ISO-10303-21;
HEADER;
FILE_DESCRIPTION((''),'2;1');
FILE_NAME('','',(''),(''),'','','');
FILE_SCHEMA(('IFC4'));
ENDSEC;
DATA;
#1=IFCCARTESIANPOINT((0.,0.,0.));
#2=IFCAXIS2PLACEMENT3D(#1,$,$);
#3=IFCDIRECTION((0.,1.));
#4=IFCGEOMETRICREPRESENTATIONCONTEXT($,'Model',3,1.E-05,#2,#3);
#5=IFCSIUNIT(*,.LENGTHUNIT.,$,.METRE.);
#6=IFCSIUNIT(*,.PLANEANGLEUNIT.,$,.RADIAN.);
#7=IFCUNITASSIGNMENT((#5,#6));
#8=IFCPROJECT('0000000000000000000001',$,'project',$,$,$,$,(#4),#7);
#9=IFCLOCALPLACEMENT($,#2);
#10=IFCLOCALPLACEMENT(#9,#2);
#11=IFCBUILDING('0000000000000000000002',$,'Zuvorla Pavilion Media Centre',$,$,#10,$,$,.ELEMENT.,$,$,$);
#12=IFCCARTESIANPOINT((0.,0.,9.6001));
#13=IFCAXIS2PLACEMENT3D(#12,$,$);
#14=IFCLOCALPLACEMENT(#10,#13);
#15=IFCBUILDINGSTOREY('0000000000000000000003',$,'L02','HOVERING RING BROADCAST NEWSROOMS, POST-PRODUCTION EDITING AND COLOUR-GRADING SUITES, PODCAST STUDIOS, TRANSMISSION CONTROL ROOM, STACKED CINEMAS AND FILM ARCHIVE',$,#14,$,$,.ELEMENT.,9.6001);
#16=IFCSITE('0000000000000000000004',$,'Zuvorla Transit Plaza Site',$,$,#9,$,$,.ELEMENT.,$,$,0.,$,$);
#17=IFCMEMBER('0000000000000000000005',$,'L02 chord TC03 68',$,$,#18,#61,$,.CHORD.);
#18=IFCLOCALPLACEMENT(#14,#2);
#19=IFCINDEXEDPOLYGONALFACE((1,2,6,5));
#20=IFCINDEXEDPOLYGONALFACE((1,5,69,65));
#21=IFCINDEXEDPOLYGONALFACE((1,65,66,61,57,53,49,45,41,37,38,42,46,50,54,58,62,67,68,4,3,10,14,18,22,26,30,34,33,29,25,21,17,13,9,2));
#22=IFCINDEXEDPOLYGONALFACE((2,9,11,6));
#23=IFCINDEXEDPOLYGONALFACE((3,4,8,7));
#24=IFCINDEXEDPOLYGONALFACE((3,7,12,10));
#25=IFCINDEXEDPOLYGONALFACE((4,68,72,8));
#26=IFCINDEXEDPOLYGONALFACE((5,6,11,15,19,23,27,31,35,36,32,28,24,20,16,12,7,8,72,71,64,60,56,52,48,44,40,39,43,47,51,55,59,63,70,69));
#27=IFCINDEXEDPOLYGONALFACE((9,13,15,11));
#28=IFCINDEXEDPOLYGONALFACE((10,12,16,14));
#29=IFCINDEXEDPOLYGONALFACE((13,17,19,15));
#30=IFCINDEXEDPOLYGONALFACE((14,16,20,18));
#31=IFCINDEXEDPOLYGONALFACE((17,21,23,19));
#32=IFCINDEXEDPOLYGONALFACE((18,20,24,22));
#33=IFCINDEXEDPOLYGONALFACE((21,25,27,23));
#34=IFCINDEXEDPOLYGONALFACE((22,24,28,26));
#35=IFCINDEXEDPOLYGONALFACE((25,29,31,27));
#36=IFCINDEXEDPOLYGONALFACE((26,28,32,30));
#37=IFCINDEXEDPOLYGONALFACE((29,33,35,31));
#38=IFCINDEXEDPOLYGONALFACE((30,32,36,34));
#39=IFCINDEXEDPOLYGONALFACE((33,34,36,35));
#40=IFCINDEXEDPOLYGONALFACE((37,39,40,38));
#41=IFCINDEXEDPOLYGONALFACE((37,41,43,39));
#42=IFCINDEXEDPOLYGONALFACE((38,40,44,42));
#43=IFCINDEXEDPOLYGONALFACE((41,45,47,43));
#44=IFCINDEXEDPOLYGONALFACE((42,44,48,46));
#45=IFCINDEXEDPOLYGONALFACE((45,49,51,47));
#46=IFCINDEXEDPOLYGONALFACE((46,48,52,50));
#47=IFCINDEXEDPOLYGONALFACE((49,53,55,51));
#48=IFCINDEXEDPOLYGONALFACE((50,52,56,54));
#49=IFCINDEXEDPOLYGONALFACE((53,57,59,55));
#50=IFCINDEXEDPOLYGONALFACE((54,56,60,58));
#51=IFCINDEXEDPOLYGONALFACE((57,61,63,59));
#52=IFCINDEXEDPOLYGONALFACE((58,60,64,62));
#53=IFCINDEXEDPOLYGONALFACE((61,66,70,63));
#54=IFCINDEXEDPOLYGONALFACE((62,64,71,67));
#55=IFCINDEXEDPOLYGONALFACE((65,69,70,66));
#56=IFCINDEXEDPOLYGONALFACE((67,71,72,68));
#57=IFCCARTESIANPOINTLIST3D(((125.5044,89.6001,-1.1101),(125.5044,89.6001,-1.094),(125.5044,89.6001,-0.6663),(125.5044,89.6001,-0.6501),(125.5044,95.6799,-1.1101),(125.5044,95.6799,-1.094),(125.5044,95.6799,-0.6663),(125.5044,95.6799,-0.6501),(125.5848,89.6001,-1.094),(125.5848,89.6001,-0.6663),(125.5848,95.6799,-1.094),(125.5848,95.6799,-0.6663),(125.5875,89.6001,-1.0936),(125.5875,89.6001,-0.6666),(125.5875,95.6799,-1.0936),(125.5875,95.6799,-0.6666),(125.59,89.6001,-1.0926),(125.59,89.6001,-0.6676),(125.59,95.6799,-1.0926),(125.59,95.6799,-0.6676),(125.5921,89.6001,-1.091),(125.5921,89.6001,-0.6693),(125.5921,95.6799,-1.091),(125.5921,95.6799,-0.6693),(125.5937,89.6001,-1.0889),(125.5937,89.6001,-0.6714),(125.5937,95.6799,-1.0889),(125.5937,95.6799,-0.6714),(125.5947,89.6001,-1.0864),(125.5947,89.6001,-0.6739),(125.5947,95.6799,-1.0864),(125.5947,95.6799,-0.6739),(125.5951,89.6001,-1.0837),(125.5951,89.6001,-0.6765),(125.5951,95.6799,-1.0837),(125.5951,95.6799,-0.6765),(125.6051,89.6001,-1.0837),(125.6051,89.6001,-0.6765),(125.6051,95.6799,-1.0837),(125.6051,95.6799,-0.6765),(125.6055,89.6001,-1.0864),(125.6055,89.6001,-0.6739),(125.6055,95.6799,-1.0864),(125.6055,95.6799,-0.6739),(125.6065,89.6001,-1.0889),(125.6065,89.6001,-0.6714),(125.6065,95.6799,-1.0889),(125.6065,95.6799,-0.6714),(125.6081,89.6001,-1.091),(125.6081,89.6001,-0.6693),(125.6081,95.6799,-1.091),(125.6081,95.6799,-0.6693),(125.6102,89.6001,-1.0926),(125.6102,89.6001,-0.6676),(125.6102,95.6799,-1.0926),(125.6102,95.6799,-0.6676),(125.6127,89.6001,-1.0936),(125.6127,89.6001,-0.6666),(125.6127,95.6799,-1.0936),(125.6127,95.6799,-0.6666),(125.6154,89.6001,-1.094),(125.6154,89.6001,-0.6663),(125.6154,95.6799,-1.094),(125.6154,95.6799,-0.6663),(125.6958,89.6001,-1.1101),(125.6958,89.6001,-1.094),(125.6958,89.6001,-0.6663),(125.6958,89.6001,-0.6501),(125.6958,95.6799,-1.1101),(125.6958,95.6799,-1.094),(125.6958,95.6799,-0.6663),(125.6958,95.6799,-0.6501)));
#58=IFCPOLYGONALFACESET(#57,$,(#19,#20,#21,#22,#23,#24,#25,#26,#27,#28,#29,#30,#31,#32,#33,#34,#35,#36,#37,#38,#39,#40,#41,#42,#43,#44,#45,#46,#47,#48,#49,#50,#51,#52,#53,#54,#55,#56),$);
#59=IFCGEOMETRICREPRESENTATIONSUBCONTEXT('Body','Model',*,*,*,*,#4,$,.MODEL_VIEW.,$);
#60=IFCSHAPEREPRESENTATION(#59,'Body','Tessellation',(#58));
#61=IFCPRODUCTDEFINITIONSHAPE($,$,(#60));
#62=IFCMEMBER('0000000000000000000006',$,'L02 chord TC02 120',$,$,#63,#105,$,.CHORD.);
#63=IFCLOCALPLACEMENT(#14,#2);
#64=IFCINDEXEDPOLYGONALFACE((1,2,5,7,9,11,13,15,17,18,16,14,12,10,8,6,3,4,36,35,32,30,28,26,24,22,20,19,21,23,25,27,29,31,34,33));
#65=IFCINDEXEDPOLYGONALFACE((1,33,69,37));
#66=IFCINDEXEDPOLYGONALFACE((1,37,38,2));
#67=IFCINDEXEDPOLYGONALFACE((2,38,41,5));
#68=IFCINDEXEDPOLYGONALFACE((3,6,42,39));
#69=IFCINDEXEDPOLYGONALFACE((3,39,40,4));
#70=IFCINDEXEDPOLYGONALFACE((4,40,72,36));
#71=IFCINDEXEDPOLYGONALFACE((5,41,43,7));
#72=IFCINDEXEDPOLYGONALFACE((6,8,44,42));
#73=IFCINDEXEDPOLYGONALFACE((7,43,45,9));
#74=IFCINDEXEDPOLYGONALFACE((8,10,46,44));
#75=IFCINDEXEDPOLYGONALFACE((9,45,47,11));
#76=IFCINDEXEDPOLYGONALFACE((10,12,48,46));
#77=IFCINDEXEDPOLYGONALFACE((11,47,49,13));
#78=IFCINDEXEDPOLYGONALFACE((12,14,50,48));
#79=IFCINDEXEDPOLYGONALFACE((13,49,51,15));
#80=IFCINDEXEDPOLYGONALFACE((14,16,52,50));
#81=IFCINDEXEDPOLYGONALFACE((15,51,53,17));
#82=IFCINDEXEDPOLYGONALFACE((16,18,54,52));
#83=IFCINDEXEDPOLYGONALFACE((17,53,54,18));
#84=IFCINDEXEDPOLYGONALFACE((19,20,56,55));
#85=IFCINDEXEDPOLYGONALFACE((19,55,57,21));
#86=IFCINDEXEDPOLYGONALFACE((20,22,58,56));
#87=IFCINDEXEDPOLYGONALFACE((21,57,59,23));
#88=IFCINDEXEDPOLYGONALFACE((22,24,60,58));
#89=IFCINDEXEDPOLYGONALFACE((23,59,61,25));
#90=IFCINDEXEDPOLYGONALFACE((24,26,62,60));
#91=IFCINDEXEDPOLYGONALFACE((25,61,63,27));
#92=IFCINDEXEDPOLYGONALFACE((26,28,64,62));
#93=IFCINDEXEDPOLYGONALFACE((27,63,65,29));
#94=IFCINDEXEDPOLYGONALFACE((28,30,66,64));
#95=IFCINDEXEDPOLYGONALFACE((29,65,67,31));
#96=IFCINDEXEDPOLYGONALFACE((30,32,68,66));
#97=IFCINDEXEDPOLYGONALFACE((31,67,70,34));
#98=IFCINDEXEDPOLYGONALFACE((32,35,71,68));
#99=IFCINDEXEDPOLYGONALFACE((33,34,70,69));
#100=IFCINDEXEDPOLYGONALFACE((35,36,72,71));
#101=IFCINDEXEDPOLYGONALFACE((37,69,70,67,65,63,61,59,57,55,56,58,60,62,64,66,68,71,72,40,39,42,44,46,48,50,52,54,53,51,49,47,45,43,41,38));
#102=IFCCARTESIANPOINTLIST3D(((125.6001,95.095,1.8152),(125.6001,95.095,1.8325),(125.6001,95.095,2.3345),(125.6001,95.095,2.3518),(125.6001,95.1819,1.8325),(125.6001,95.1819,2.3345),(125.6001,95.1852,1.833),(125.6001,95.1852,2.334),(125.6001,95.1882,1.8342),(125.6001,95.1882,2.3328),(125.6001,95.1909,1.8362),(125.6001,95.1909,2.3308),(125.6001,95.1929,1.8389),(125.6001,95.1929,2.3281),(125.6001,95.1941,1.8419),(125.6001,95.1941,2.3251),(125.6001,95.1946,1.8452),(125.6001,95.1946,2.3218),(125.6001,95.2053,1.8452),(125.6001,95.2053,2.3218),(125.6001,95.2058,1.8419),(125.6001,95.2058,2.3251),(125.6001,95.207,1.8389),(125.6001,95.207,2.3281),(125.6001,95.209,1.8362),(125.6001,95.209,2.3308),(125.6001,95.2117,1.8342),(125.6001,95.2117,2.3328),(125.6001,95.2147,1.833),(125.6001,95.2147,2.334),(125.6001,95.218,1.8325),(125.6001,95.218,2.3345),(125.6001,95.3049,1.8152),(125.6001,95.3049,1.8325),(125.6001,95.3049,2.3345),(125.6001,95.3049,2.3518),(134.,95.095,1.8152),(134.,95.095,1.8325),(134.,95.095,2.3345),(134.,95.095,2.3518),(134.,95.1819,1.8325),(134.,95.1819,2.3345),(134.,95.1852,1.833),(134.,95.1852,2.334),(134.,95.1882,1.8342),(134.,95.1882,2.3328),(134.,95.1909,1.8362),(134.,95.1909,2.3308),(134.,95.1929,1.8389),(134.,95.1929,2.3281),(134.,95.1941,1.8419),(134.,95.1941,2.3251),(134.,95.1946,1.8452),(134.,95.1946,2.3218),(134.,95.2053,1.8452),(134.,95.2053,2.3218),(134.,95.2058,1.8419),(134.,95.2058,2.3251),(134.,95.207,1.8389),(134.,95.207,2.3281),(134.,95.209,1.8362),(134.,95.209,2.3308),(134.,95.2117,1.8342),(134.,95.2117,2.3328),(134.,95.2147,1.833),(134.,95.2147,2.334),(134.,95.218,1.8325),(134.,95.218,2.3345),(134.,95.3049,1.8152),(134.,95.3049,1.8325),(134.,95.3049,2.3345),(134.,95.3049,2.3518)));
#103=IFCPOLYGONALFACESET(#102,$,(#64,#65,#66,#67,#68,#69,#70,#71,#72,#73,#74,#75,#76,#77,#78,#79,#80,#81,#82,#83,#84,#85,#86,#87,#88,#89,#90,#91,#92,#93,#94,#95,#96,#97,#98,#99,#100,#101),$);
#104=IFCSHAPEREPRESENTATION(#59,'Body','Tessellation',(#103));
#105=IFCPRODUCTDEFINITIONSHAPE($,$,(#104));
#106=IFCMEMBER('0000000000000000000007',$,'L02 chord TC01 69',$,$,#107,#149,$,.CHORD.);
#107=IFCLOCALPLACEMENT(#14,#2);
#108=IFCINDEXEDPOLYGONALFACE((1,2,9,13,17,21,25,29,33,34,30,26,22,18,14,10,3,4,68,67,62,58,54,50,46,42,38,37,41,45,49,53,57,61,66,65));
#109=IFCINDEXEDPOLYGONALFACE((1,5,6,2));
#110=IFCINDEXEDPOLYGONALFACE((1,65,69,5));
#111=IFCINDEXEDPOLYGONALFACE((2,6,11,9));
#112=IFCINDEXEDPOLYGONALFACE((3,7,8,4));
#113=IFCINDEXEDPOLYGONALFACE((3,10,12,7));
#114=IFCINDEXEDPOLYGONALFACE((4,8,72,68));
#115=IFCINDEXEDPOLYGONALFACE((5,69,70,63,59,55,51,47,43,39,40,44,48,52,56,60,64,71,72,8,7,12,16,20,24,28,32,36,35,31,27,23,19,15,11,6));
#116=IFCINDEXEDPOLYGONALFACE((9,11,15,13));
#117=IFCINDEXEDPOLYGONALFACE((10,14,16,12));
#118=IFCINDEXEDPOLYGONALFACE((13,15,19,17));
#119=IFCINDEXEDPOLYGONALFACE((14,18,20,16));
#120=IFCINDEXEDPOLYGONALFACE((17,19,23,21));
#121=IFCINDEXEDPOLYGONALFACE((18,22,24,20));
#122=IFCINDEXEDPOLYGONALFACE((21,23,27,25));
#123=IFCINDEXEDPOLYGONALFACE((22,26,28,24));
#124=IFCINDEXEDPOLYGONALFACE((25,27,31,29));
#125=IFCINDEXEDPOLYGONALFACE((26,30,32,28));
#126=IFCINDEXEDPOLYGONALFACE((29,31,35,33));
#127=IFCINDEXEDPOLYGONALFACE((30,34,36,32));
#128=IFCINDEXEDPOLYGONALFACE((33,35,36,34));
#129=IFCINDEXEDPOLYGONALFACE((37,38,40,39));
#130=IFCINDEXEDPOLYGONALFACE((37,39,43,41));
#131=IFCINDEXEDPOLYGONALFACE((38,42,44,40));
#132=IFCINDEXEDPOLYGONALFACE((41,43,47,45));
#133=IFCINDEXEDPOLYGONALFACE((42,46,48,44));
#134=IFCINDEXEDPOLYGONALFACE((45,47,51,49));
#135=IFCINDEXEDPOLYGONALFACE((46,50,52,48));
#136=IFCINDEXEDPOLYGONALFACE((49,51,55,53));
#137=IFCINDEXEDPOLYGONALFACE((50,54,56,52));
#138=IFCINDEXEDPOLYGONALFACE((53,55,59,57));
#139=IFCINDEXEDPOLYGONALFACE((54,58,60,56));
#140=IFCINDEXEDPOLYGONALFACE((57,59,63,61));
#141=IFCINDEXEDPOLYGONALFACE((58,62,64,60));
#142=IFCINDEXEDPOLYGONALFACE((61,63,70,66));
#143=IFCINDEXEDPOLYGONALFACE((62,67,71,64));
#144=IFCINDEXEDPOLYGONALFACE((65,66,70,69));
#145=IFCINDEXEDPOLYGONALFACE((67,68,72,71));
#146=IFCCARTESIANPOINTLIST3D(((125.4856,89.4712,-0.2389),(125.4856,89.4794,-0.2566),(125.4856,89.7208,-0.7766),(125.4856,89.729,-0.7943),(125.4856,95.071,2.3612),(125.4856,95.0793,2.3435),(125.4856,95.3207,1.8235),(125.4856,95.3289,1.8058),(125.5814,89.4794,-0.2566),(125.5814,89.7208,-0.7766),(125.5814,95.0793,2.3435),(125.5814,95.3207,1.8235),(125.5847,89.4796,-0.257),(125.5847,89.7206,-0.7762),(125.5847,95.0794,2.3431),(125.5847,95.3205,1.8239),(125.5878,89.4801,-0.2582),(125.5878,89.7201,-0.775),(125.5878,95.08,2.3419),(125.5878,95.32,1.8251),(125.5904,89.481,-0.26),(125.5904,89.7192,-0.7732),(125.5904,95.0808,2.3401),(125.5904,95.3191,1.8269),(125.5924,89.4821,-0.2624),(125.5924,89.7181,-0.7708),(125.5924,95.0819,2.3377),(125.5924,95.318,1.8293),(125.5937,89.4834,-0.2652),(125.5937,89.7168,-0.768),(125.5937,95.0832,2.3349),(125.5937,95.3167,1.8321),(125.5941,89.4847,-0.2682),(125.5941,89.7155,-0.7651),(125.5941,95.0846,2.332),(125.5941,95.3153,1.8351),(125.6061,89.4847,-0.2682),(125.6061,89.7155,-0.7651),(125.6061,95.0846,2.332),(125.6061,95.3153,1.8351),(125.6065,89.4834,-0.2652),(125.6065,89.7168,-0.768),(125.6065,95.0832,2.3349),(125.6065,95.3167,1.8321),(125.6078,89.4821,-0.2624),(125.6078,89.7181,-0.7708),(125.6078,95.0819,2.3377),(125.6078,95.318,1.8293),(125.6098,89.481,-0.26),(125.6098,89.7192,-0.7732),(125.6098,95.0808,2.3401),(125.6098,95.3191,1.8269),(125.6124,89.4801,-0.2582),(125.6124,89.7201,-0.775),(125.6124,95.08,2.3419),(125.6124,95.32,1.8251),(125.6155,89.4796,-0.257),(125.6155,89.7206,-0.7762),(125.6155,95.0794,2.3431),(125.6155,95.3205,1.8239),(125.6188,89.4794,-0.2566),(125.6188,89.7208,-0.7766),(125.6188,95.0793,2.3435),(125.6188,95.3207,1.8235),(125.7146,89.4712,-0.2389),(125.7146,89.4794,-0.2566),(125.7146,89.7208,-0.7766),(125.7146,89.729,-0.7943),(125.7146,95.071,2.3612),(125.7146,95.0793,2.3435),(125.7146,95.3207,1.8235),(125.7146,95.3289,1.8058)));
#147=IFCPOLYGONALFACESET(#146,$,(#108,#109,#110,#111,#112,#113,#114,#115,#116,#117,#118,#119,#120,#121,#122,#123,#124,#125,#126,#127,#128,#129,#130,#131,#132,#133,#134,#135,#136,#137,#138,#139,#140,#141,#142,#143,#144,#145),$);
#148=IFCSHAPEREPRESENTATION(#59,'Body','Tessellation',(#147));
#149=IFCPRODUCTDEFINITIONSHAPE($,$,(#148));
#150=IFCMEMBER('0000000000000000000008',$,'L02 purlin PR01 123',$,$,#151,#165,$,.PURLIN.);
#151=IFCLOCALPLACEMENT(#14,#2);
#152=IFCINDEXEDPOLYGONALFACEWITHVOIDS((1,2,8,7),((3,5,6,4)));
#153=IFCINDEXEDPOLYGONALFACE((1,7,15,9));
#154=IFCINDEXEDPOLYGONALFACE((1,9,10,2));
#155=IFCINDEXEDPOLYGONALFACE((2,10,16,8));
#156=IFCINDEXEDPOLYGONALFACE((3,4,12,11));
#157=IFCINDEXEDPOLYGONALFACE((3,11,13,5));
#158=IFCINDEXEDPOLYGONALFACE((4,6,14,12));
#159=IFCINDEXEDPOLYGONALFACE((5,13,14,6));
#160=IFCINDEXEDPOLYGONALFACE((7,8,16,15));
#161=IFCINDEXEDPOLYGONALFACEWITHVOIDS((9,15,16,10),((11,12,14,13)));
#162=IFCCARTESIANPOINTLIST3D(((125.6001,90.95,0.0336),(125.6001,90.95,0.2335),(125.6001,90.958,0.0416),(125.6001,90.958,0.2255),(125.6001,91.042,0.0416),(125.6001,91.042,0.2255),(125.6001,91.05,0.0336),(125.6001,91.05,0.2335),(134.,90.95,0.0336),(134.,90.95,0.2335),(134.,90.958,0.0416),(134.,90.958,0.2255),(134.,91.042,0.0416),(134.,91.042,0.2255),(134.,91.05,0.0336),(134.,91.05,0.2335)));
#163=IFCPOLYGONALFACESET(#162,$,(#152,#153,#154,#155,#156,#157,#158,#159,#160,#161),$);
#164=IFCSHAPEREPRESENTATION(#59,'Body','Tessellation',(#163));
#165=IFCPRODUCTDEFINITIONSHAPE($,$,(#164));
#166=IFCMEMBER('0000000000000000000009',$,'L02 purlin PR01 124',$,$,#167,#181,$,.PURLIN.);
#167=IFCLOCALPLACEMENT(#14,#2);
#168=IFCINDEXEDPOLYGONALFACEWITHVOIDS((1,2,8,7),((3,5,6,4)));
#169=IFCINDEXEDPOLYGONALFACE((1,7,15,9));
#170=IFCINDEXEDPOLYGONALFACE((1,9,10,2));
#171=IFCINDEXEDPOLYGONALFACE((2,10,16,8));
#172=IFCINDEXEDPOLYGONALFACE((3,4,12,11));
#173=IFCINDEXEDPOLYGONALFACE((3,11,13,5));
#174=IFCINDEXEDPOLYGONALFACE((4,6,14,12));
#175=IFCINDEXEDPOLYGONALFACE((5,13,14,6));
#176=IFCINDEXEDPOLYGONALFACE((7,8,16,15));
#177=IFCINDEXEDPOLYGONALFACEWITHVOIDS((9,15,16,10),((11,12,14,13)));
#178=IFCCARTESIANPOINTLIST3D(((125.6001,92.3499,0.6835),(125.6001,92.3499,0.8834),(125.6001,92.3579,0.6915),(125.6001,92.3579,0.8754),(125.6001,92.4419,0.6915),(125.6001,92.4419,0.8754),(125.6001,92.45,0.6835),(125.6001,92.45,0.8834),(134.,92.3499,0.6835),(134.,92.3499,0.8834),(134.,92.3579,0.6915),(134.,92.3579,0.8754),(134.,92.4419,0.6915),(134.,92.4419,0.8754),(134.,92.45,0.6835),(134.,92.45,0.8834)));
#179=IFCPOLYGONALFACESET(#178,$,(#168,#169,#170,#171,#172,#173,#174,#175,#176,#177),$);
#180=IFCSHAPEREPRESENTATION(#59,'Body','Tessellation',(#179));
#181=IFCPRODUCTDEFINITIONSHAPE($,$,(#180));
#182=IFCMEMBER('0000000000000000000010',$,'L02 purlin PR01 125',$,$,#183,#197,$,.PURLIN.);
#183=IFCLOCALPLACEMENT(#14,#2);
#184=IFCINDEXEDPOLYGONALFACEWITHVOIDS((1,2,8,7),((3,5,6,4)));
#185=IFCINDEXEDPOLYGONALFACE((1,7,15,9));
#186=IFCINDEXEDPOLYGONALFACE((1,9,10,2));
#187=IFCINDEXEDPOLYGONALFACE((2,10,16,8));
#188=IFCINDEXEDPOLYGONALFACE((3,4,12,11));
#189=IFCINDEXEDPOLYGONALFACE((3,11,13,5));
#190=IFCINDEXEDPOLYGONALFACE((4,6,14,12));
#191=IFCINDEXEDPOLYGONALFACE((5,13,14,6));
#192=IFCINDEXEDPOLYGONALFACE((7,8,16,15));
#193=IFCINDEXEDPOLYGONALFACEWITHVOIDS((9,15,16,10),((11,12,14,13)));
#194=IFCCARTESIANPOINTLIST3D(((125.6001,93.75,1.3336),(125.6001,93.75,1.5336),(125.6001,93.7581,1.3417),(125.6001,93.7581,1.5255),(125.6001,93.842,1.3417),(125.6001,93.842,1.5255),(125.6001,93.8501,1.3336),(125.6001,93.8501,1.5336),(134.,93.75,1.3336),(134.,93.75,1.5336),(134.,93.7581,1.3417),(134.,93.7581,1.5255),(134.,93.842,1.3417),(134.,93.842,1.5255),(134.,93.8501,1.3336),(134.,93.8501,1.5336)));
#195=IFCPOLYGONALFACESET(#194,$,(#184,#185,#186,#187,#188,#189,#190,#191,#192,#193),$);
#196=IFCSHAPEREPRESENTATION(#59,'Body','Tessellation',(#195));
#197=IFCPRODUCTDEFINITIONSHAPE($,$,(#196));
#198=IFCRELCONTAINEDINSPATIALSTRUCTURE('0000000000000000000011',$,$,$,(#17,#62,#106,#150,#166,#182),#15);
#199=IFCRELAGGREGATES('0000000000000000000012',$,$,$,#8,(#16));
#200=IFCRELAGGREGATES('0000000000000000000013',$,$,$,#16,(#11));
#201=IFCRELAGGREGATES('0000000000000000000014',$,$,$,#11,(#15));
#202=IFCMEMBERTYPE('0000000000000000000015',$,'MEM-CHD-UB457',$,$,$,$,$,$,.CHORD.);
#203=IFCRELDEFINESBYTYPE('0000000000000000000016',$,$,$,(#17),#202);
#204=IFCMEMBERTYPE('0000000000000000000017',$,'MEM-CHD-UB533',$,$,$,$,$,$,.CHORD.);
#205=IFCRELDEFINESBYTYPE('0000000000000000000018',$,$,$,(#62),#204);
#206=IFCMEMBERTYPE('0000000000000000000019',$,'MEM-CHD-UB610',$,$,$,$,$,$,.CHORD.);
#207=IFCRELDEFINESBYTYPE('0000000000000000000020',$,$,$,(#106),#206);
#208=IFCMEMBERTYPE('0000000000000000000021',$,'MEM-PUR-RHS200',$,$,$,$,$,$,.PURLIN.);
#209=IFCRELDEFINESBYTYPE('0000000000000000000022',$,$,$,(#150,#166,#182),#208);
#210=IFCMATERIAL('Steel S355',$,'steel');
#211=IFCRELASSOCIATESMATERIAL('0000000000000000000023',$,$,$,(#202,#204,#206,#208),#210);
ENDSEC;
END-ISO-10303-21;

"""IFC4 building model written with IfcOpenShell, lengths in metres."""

from ifc_helpers import new_model, si_unit, direction, frame, origin, origin_2d, place, context, subcontext, project, spatial, hollow_rectangle, i_section, extrude, material, material_profile, profile_set, type_object, element, save


model = new_model("IFC4")

# Units and contexts
model_context = context("Model", 3, precision=1e-05, world=origin(), true_north=direction((0.0, 1.0)))
body_context = subcontext(model_context, "Body", "Model", "MODEL_VIEW")
ifc_project = project(units=[si_unit("LENGTHUNIT", "METRE"), si_unit("PLANEANGLEUNIT", "RADIAN")], contexts=[model_context])

# Site, building, storey
site_placement = place(None, origin())
site = spatial("IfcSite", under=ifc_project, at=site_placement, Name="Zuvorla Transit Plaza Site", CompositionType="ELEMENT", RefElevation=0.0)
building_placement = place(site_placement, origin())
building = spatial("IfcBuilding", under=site, at=building_placement, Name="Zuvorla Pavilion Media Centre", CompositionType="ELEMENT")
storey_placement = place(building_placement, frame((0.0, 0.0, 9.6001)))
storey = spatial("IfcBuildingStorey", under=building, at=storey_placement, Name="L02", Description="HOVERING RING BROADCAST NEWSROOMS, POST-PRODUCTION EDITING AND COLOUR-GRADING SUITES, PODCAST STUDIOS, TRANSMISSION CONTROL ROOM, STACKED CINEMAS AND FILM ARCHIVE", CompositionType="ELEMENT", Elevation=9.6001)

# Shared definitions
ifc_material_1 = material(Name="Steel S355", Category="steel")

# Members
ifc_material_profile_1 = material_profile(ifc_material_1, i_section(OverallWidth=0.1914, OverallDepth=0.46, WebThickness=0.01, FlangeThickness=0.0161, FilletRadius=0.0103, at=origin_2d()), Name="UB 457x191x82")
ifc_profile_set_1 = profile_set([ifc_material_profile_1], Name="Steel S355")
member_type_1 = type_object("IfcMemberType", Name="MEM-CHD-UB457", PredefinedType="CHORD", material=ifc_profile_set_1)
member_1_placement = place(storey_placement, frame((125.6001, 89.6001, -0.8801), z_axis=(0.0, 1.0, 0.0), x_axis=(-1.0, 0.0, 0.0)))
element("IfcMember", 1, at=member_1_placement, inside=storey, type_object=member_type_1, Name="L02 chord TC03 68", PredefinedType="CHORD", context=body_context, shape_type="SweptSolid", body=[
    extrude(i_section(OverallWidth=0.1914, OverallDepth=0.46, WebThickness=0.01, FlangeThickness=0.0161, FilletRadius=0.0103, at=origin_2d()), origin(), (0.0, 0.0, 1.0), 6.0798),
])
ifc_material_profile_2 = material_profile(ifc_material_1, i_section(OverallWidth=0.21, OverallDepth=0.5366, WebThickness=0.0107, FlangeThickness=0.0173, FilletRadius=0.0127, at=origin_2d()), Name="UB 533x210x101")
ifc_profile_set_2 = profile_set([ifc_material_profile_2], Name="Steel S355")
member_type_2 = type_object("IfcMemberType", Name="MEM-CHD-UB533", PredefinedType="CHORD", material=ifc_profile_set_2)
member_2_placement = place(storey_placement, frame((125.6001, 95.2, 2.0835), z_axis=(1.0, 0.0, 0.0), x_axis=(0.0, 1.0, 0.0)))
element("IfcMember", 2, at=member_2_placement, inside=storey, type_object=member_type_2, Name="L02 chord TC02 120", PredefinedType="CHORD", context=body_context, shape_type="SweptSolid", body=[
    extrude(i_section(OverallWidth=0.21, OverallDepth=0.5366, WebThickness=0.0107, FlangeThickness=0.0173, FilletRadius=0.0127, at=origin_2d()), origin(), (0.0, 0.0, 1.0), 8.3999),
])
ifc_material_profile_3 = material_profile(ifc_material_1, i_section(OverallWidth=0.229, OverallDepth=0.6123, WebThickness=0.012, FlangeThickness=0.0195, FilletRadius=0.0127, at=origin_2d()), Name="UB 610x229x125")
ifc_profile_set_3 = profile_set([ifc_material_profile_3], Name="Steel S355")
member_type_3 = type_object("IfcMemberType", Name="MEM-CHD-UB610", PredefinedType="CHORD", material=ifc_profile_set_3)
member_3_placement = place(storey_placement, frame((125.6001, 89.6001, -0.5166), z_axis=(0.0, 0.906999, 0.421133), x_axis=(-1.0, 0.0, 0.0)))
element("IfcMember", 3, at=member_3_placement, inside=storey, type_object=member_type_3, Name="L02 chord TC01 69", PredefinedType="CHORD", context=body_context, shape_type="SweptSolid", body=[
    extrude(i_section(OverallWidth=0.229, OverallDepth=0.6123, WebThickness=0.012, FlangeThickness=0.0195, FilletRadius=0.0127, at=origin_2d()), origin(), (0.0, 0.0, 1.0), 6.1741),
])
ifc_material_profile_4 = material_profile(ifc_material_1, hollow_rectangle(XDim=0.1001, YDim=0.2, WallThickness=0.0081, at=origin_2d()), Name="RHS 200x100x8")
ifc_profile_set_4 = profile_set([ifc_material_profile_4], Name="Steel S355")
member_type_4 = type_object("IfcMemberType", Name="MEM-PUR-RHS200", PredefinedType="PURLIN", material=ifc_profile_set_4)
for number, where, z_axis, x_axis, name in (
    (4, (125.6001, 91.0, 0.1335), (1.0, 0.0, 0.0), (0.0, 1.0, 0.0), "L02 purlin PR01 123"),
    (5, (125.6001, 92.3999, 0.7834), (1.0, 0.0, 0.0), (0.0, 1.0, 0.0), "L02 purlin PR01 124"),
    (6, (125.6001, 93.8, 1.4336), (1.0, 0.0, 0.0), (0.0, 1.0, 0.0), "L02 purlin PR01 125"),
):
    element("IfcMember", number, at=place(storey_placement, frame(where, z_axis=z_axis, x_axis=x_axis)), inside=storey, type_object=member_type_4, Name=name, PredefinedType="PURLIN", context=body_context, shape_type="SweptSolid", body=[
        extrude(hollow_rectangle(XDim=0.1001, YDim=0.2, WallThickness=0.0081, at=origin_2d()), origin(), (0.0, 0.0, 1.0), 8.3999),
    ])

save(model, "model.ifc")
